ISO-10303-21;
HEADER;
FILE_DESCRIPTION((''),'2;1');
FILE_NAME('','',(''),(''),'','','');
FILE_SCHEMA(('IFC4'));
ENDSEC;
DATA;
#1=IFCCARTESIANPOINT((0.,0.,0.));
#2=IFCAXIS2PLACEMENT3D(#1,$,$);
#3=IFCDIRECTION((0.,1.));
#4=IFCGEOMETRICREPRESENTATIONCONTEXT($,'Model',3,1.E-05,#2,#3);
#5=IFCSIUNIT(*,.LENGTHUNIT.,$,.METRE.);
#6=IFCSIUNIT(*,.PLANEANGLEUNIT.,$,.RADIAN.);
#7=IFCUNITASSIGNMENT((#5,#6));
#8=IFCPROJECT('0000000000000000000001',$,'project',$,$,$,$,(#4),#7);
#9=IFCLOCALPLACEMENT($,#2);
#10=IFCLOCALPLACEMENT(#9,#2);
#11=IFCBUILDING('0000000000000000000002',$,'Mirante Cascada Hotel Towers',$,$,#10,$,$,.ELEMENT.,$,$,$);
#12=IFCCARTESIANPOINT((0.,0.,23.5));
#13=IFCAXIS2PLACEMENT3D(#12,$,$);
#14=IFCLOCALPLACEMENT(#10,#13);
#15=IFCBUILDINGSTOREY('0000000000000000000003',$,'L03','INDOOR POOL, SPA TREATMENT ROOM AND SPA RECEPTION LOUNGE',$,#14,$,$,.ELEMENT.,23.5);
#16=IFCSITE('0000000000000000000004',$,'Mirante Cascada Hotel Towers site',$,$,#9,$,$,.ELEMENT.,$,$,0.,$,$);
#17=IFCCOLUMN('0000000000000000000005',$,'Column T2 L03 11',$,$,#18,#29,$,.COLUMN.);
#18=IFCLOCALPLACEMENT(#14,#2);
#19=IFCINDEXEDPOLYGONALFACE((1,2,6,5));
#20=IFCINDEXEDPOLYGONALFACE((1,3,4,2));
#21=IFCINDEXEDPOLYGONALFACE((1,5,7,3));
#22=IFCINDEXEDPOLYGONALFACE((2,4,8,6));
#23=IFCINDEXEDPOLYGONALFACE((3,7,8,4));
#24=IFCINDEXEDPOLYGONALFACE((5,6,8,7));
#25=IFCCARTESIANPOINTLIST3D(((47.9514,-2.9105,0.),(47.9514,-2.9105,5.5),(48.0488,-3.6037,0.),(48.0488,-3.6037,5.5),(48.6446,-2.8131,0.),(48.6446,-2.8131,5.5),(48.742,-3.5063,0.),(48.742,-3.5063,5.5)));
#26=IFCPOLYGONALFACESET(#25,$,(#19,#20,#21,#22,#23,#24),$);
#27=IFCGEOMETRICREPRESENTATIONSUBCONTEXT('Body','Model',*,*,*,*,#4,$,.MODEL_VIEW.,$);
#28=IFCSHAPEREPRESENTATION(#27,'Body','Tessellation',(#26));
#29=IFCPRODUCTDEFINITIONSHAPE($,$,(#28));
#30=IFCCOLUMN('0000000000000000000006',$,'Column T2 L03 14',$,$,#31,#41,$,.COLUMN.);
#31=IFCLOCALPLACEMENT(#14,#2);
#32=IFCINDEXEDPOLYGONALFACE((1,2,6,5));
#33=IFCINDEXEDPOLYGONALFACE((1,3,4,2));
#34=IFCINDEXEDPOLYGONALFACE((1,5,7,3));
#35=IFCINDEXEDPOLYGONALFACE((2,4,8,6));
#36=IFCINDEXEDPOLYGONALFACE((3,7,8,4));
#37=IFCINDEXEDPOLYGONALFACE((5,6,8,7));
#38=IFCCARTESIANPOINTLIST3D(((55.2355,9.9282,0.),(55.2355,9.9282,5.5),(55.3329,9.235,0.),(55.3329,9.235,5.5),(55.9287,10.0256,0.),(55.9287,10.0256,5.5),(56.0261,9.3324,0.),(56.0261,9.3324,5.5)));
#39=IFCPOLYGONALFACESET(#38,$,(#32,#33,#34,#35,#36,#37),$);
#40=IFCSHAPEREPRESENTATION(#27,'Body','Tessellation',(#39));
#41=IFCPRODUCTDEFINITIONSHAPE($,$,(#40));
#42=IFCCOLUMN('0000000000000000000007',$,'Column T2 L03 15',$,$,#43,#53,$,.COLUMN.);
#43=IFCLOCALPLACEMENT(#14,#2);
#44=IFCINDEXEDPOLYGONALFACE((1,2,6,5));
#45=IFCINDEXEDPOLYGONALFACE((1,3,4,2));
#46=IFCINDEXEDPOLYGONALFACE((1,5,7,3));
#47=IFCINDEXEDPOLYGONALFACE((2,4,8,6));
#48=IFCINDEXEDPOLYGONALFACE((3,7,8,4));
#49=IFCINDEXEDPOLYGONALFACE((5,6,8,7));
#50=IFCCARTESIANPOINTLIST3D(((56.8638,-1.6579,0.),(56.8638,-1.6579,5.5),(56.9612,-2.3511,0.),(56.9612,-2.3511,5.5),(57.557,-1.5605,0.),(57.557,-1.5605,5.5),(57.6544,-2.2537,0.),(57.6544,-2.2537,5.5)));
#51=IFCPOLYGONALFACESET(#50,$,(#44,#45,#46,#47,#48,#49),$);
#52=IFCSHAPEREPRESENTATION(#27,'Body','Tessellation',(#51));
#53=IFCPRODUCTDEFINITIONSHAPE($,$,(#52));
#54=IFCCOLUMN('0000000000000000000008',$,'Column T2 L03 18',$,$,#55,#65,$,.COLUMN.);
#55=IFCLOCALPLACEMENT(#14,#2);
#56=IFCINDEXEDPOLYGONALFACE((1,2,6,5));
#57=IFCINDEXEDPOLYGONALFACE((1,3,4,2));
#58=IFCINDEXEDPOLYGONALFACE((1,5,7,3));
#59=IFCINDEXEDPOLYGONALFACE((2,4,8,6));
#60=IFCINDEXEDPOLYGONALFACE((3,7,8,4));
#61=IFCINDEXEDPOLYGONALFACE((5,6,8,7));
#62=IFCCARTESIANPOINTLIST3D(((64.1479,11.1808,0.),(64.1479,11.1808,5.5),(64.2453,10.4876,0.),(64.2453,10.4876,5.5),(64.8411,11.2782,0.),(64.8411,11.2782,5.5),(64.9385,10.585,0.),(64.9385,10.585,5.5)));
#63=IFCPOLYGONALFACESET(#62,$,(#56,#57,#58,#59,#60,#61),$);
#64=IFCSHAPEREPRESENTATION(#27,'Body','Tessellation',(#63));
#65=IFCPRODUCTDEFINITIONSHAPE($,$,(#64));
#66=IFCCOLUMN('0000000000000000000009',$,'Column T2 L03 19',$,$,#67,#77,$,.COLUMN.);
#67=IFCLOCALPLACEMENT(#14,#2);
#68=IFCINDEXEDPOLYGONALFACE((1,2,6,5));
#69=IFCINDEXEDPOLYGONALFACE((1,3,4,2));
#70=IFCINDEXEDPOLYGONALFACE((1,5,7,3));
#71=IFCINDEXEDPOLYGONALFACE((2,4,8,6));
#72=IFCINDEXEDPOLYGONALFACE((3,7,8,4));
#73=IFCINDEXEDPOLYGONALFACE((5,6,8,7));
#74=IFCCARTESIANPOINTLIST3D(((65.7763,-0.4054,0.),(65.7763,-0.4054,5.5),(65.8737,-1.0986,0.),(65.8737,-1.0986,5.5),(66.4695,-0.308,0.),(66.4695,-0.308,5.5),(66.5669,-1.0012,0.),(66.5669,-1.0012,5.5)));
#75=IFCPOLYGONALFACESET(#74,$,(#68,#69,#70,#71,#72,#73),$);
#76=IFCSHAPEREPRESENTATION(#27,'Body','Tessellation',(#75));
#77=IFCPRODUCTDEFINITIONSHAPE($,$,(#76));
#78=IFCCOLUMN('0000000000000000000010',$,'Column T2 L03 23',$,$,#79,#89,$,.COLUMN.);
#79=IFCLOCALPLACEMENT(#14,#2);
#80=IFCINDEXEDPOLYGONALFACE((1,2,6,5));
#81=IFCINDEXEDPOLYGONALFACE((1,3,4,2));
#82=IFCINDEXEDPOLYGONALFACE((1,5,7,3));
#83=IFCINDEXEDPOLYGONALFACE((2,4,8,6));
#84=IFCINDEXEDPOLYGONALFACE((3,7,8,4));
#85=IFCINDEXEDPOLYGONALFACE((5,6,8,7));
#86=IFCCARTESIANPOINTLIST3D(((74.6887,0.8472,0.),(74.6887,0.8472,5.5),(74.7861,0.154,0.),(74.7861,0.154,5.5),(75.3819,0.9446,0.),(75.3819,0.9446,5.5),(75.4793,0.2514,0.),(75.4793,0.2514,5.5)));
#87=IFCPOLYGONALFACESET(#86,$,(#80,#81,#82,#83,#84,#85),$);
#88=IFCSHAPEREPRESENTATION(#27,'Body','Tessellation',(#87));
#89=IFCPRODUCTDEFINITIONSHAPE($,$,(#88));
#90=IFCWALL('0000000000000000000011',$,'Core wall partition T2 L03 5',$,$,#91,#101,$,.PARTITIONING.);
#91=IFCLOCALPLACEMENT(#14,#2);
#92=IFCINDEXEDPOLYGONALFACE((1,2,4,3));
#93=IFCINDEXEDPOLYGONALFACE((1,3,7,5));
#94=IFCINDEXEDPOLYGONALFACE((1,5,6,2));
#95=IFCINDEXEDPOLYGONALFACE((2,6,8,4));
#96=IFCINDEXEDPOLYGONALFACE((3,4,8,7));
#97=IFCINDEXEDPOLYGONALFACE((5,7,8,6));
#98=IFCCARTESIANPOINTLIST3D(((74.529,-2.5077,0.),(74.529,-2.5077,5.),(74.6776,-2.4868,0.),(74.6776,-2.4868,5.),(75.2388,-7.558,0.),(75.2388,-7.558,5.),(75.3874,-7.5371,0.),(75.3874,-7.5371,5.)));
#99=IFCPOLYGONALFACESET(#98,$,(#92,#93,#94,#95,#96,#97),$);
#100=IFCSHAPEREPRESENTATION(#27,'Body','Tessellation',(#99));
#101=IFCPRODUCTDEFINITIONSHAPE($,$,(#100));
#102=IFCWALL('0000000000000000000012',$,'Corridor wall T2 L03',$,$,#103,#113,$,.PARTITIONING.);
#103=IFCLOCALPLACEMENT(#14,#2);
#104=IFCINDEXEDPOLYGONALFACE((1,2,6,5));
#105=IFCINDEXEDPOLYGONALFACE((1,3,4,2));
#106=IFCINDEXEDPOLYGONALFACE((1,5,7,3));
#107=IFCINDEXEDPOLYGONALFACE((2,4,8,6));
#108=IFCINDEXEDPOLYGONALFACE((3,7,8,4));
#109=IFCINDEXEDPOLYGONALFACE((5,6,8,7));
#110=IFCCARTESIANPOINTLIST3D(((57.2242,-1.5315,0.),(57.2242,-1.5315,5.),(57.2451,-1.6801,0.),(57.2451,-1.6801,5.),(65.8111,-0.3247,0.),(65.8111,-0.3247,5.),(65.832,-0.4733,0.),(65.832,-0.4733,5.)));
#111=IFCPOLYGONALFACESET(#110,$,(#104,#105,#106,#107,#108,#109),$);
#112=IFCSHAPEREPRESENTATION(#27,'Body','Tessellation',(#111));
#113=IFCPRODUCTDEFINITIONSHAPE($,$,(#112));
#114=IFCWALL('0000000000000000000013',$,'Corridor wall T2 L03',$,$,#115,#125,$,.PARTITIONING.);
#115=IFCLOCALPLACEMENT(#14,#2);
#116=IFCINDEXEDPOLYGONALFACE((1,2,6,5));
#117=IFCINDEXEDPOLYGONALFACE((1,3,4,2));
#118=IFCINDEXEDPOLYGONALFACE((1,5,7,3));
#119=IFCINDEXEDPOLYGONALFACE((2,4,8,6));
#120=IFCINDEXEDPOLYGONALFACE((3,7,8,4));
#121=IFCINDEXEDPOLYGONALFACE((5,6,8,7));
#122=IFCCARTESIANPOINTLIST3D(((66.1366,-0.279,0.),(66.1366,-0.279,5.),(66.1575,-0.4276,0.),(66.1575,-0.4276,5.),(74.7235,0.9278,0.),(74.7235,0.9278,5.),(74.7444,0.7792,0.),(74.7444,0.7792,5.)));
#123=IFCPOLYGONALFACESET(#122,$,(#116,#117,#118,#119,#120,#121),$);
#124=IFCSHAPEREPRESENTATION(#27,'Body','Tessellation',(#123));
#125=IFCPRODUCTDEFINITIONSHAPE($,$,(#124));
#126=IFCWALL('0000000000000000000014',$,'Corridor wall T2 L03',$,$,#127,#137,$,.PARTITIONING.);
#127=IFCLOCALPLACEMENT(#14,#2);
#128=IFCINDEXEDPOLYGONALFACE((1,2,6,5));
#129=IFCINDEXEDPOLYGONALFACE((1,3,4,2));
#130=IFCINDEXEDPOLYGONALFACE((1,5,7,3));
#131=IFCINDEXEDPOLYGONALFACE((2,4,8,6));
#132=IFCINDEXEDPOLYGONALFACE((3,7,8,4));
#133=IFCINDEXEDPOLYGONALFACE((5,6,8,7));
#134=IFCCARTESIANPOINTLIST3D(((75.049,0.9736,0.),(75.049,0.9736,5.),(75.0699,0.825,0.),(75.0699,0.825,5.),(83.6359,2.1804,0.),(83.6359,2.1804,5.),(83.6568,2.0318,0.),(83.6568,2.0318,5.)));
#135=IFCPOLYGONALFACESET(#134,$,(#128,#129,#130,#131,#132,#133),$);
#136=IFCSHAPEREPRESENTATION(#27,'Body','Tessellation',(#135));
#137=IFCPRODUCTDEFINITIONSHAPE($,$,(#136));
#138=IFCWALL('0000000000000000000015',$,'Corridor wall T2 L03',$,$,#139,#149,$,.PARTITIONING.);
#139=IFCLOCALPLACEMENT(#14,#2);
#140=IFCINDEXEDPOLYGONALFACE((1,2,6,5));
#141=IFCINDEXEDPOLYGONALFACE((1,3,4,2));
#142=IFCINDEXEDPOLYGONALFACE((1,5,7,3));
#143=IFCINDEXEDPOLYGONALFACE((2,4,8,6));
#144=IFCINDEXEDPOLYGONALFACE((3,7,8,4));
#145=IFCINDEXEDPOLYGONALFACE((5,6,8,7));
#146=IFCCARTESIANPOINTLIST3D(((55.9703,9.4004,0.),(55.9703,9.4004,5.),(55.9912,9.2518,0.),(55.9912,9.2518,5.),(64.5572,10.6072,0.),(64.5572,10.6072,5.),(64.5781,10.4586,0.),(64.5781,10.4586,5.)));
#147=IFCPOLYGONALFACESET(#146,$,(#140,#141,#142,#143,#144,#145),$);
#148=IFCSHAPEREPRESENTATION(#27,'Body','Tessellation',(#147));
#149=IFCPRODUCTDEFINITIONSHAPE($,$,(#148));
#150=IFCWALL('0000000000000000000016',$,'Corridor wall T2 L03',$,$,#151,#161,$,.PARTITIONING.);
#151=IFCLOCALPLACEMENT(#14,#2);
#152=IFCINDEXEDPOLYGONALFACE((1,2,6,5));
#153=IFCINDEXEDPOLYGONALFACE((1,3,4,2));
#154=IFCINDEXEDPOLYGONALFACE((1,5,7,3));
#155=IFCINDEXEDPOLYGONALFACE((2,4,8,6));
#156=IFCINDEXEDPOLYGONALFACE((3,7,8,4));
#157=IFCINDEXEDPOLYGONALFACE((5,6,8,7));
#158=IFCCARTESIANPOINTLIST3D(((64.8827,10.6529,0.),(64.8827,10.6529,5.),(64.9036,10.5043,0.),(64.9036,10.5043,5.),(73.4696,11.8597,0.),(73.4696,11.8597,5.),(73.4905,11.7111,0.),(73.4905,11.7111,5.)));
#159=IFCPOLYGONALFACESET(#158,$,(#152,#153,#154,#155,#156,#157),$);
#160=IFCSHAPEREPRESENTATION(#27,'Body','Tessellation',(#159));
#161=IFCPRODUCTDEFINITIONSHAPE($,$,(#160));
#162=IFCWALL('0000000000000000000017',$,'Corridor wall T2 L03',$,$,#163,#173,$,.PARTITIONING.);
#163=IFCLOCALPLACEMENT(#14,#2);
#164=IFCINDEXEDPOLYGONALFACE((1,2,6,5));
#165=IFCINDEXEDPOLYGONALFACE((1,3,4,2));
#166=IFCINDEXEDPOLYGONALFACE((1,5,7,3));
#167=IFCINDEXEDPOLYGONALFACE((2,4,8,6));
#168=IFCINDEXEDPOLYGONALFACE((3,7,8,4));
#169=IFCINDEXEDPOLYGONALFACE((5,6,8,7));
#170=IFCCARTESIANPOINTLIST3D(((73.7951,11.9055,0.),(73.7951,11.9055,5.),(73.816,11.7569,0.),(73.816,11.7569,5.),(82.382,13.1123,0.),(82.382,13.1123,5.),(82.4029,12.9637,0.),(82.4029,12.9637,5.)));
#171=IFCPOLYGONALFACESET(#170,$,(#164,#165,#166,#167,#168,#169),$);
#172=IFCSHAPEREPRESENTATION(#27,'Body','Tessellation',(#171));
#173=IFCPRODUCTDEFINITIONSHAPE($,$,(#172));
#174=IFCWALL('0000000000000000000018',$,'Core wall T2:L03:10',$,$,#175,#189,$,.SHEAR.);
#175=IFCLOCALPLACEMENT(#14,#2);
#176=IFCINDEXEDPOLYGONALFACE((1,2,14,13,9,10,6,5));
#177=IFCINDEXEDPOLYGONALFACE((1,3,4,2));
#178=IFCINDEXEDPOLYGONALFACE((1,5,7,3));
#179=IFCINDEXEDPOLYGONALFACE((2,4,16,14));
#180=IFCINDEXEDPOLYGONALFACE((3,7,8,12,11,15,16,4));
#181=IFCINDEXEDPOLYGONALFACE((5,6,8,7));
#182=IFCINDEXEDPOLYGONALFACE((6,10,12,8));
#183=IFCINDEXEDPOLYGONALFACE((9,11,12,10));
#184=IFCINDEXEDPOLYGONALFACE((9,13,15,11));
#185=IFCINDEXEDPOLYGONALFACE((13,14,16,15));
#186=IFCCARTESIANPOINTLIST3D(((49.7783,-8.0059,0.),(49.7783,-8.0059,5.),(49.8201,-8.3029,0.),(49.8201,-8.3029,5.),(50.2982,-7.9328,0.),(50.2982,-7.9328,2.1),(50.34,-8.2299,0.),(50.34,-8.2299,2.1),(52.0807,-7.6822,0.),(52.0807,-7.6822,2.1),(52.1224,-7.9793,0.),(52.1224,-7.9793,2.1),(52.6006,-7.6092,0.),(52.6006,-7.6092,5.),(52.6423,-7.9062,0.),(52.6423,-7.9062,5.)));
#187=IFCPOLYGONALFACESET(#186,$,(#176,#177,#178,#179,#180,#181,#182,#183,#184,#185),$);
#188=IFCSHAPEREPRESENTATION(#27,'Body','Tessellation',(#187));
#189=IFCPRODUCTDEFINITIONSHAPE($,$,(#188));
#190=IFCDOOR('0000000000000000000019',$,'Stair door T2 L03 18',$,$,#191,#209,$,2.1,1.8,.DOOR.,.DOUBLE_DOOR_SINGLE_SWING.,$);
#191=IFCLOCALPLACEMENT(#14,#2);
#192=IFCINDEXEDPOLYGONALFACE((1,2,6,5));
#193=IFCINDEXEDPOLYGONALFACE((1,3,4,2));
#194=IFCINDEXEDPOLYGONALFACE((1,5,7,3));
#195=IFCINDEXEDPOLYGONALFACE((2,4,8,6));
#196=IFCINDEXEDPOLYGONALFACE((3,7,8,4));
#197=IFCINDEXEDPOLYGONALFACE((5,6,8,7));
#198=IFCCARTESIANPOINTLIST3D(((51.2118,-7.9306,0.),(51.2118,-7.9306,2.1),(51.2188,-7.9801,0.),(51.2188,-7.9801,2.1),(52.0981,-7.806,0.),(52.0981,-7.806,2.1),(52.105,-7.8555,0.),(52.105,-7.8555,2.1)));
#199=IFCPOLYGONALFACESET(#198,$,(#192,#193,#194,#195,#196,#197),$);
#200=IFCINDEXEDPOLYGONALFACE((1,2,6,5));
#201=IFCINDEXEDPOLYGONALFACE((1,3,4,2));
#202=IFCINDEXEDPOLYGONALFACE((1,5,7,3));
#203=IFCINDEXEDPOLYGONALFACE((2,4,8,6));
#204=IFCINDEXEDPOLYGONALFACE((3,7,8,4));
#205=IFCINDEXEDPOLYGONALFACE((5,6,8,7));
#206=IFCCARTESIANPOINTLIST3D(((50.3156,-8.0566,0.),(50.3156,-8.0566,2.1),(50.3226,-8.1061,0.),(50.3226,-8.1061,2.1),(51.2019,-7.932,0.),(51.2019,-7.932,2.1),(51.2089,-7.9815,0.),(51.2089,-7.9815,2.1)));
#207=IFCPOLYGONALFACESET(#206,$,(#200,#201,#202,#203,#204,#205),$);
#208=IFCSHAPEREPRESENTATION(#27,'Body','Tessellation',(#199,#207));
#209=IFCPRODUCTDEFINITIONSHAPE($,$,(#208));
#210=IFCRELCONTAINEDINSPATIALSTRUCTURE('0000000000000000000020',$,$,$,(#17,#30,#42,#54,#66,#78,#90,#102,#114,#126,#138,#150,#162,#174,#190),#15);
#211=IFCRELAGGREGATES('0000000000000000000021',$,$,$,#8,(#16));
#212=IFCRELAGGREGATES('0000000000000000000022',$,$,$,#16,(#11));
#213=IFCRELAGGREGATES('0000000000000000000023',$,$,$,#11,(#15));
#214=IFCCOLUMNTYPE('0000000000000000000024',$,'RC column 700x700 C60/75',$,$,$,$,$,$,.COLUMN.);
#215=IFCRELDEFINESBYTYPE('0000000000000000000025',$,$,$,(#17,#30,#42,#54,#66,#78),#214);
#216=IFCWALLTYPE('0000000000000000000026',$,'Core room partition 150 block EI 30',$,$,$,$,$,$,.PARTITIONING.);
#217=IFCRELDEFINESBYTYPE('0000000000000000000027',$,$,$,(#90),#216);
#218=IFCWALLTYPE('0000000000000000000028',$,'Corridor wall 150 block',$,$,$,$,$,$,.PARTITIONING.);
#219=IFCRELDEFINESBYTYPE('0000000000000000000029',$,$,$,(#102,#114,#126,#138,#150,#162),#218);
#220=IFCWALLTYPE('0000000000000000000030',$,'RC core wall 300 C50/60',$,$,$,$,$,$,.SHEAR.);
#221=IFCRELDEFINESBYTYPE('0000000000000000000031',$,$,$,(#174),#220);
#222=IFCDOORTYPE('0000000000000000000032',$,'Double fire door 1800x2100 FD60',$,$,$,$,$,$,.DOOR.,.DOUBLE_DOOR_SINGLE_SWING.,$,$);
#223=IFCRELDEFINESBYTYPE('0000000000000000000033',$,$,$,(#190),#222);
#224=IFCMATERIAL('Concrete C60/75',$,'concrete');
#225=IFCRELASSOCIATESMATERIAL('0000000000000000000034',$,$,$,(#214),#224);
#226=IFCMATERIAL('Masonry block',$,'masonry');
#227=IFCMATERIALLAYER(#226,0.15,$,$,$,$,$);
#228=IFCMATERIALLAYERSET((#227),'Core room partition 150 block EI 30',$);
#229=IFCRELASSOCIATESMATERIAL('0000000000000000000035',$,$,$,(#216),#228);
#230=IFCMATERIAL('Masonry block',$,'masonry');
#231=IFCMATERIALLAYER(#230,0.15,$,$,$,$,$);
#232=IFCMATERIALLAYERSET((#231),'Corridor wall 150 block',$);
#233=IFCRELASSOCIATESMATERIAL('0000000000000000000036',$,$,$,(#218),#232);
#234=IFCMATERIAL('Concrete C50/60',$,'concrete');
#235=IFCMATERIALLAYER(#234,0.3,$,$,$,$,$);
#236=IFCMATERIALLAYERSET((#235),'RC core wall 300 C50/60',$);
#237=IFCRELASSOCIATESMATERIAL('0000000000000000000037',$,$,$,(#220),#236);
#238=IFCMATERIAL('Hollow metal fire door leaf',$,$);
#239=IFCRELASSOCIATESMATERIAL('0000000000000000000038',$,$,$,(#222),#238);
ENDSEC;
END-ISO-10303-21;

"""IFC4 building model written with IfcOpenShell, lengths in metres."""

from ifc_helpers import new_model, si_unit, direction, frame, frame_2d, origin, origin_2d, place, context, subcontext, project, spatial, rectangle, extrude, material, layer, layer_set, material_profile, profile_set, type_object, element, fill, save


model = new_model("IFC4")

# Units and contexts
model_context = context("Model", 3, precision=1e-05, world=origin(), true_north=direction((0.0, 1.0)))
body_context = subcontext(model_context, "Body", "Model", "MODEL_VIEW")
ifc_project = project(units=[si_unit("LENGTHUNIT", "METRE"), si_unit("PLANEANGLEUNIT", "RADIAN")], contexts=[model_context])

# Site, building, storey
site_placement = place(None, origin())
site = spatial("IfcSite", under=ifc_project, at=site_placement, Name="Mirante Cascada Hotel Towers site", CompositionType="ELEMENT", RefElevation=0.0)
building_placement = place(site_placement, origin())
building = spatial("IfcBuilding", under=site, at=building_placement, Name="Mirante Cascada Hotel Towers", CompositionType="ELEMENT")
storey_placement = place(building_placement, frame((0.0, 0.0, 23.5)))
storey = spatial("IfcBuildingStorey", under=building, at=storey_placement, Name="L03", Description="INDOOR POOL, SPA TREATMENT ROOM AND SPA RECEPTION LOUNGE", CompositionType="ELEMENT", Elevation=23.5)

# Columns
ifc_material_1 = material(Name="Concrete C60/75", Category="concrete")
ifc_material_profile = material_profile(ifc_material_1, rectangle(XDim=0.7, YDim=0.7, at=origin_2d()), Name="RC column 700x700 C60/75")
ifc_profile_set = profile_set([ifc_material_profile], Name="Concrete C60/75")
column_type = type_object("IfcColumnType", Name="RC column 700x700 C60/75", PredefinedType="COLUMN", material=ifc_profile_set)
for number, where, z_axis, x_axis, name in (
    (1, (48.3467, -3.2084, 0.0), (0.0, 0.0, 1.0), (0.990268, 0.139173, 0.0), "Column T2 L03 11"),
    (2, (55.6308, 9.6303, 0.0), (0.0, 0.0, 1.0), (0.990268, 0.139173, 0.0), "Column T2 L03 14"),
    (3, (57.2591, -1.9558, 0.0), (0.0, 0.0, 1.0), (0.990268, 0.139173, 0.0), "Column T2 L03 15"),
    (4, (64.5432, 10.8829, 0.0), (0.0, 0.0, 1.0), (0.990268, 0.139173, 0.0), "Column T2 L03 18"),
    (5, (66.1716, -0.7033, 0.0), (0.0, 0.0, 1.0), (0.990268, 0.139173, 0.0), "Column T2 L03 19"),
    (6, (75.084, 0.5493, 0.0), (0.0, 0.0, 1.0), (0.990268, 0.139173, 0.0), "Column T2 L03 23"),
):
    element("IfcColumn", number, at=place(storey_placement, frame(where, z_axis=z_axis, x_axis=x_axis)), inside=storey, type_object=column_type, Name=name, PredefinedType="COLUMN", context=body_context, shape_type="SweptSolid", body=[
        extrude(rectangle(XDim=0.7, YDim=0.7, at=origin_2d()), origin(), (0.0, 0.0, 1.0), 5.5),
    ])

# Walls
ifc_material_2 = material(Name="Masonry block", Category="masonry")
ifc_layer_1 = layer(ifc_material_2, 0.15)
ifc_layer_set_1 = layer_set([ifc_layer_1], Name="Core room partition 150 block EI 30")
wall_type_1 = type_object("IfcWallType", Name="Core room partition 150 block EI 30", PredefinedType="PARTITIONING", material=ifc_layer_set_1)
wall_1_placement = place(storey_placement, frame((75.3131, -7.5476, 0.0), z_axis=(0.0, 0.0, 1.0), x_axis=(-0.139178, 0.990267, 0.0)))
element("IfcWall", 7, at=wall_1_placement, inside=storey, type_object=wall_type_1, Name="Core wall partition T2 L03 5", PredefinedType="PARTITIONING", context=body_context, shape_type="SweptSolid", body=[
    extrude(rectangle(XDim=5.0999, YDim=0.15, at=frame_2d((2.55, 0.0))), origin(), (0.0, 0.0, 1.0), 5.0),
])
ifc_material_3 = material(Name="Masonry block", Category="masonry")
ifc_layer_2 = layer(ifc_material_3, 0.15)
ifc_layer_set_2 = layer_set([ifc_layer_2], Name="Corridor wall 150 block")
wall_type_2 = type_object("IfcWallType", Name="Corridor wall 150 block", PredefinedType="PARTITIONING", material=ifc_layer_set_2)
for number, where, z_axis, x_axis, name in (
    (8, (57.2347, -1.6058, 0.0), (0.0, 0.0, 1.0), (0.990268, 0.139172, 0.0), "Corridor wall T2 L03"),
    (9, (66.1471, -0.3533, 0.0), (0.0, 0.0, 1.0), (0.990268, 0.139172, 0.0), "Corridor wall T2 L03"),
    (10, (75.0595, 0.8993, 0.0), (0.0, 0.0, 1.0), (0.990268, 0.139172, 0.0), "Corridor wall T2 L03"),
    (11, (55.9808, 9.3261, 0.0), (0.0, 0.0, 1.0), (0.990268, 0.139172, 0.0), "Corridor wall T2 L03"),
    (12, (64.8932, 10.5786, 0.0), (0.0, 0.0, 1.0), (0.990268, 0.139172, 0.0), "Corridor wall T2 L03"),
    (13, (73.8056, 11.8312, 0.0), (0.0, 0.0, 1.0), (0.990268, 0.139172, 0.0), "Corridor wall T2 L03"),
):
    element("IfcWall", number, at=place(storey_placement, frame(where, z_axis=z_axis, x_axis=x_axis)), inside=storey, type_object=wall_type_2, Name=name, PredefinedType="PARTITIONING", context=body_context, shape_type="SweptSolid", body=[
        extrude(rectangle(XDim=8.6713, YDim=0.15, at=frame_2d((4.3356, 0.0))), origin(), (0.0, 0.0, 1.0), 5.0),
    ])

# Wall, opening, door
ifc_material_4 = material(Name="Concrete C50/60", Category="concrete")
ifc_layer_3 = layer(ifc_material_4, 0.3)
ifc_layer_set_3 = layer_set([ifc_layer_3], Name="RC core wall 300 C50/60")
wall_type_3 = type_object("IfcWallType", Name="RC core wall 300 C50/60", PredefinedType="SHEAR", material=ifc_layer_set_3)
wall_2_placement = place(storey_placement, frame((49.7992, -8.1544, 0.0), z_axis=(0.0, 0.0, 1.0), x_axis=(0.990266, 0.139191, 0.0)))
wall_2 = element("IfcWall", 14, at=wall_2_placement, inside=storey, type_object=wall_type_3, Name="Core wall T2:L03:10", PredefinedType="SHEAR", context=body_context, shape_type="SweptSolid", body=[
    extrude(rectangle(XDim=2.85, YDim=0.3, at=frame_2d((1.425, 0.0))), origin(), (0.0, 0.0, 1.0), 5.0),
])
opening_1_placement = place(wall_2_placement, frame((0.525, 0.0, 0.0)))
opening_1 = element("IfcOpeningElement", 15, at=opening_1_placement, cuts=wall_2, PredefinedType="OPENING", context=body_context, shape_type="SweptSolid", body=[
    extrude(rectangle(XDim=1.8, YDim=2.1, at=frame_2d((0.9, 1.05))), frame((0.0, 0.15, 0.0), z_axis=(0.0, -1.0, 0.0), x_axis=(1.0, 0.0, 0.0)), (0.0, 0.0, 1.0), 0.3),
])
ifc_material_5 = material(Name="Hollow metal fire door leaf")
door_type_1 = type_object("IfcDoorType", Name="Double fire door 1800x2100 FD60", OperationType="DOUBLE_DOOR_SINGLE_SWING", PredefinedType="DOOR", material=ifc_material_5)
door_1_placement = place(opening_1_placement, frame((1.8, 0.0, 0.0), z_axis=(0.0, 0.0, 1.0), x_axis=(-1.0, 0.0, 0.0)))
door_1 = element("IfcDoor", 16, at=door_1_placement, inside=storey, type_object=door_type_1, Name="Stair door T2 L03 18", OperationType="DOUBLE_DOOR_SINGLE_SWING", OverallHeight=2.1, OverallWidth=1.8, PredefinedType="DOOR", context=body_context, shape_type="SweptSolid", body=[
    extrude(rectangle(XDim=0.895, YDim=2.1, at=frame_2d((0.4475, 1.05))), frame((0.0, 0.025, 0.0), z_axis=(0.0, -1.0, 0.0), x_axis=(1.0, 0.0, 0.0)), (0.0, 0.0, 1.0), 0.05),
    extrude(rectangle(XDim=0.895, YDim=2.1, at=frame_2d((1.3525, 1.05))), frame((0.0, 0.025, 0.0), z_axis=(0.0, -1.0, 0.0), x_axis=(1.0, 0.0, 0.0)), (0.0, 0.0, 1.0), 0.05),
])
fill(opening_1, door_1)

save(model, "model.ifc")
